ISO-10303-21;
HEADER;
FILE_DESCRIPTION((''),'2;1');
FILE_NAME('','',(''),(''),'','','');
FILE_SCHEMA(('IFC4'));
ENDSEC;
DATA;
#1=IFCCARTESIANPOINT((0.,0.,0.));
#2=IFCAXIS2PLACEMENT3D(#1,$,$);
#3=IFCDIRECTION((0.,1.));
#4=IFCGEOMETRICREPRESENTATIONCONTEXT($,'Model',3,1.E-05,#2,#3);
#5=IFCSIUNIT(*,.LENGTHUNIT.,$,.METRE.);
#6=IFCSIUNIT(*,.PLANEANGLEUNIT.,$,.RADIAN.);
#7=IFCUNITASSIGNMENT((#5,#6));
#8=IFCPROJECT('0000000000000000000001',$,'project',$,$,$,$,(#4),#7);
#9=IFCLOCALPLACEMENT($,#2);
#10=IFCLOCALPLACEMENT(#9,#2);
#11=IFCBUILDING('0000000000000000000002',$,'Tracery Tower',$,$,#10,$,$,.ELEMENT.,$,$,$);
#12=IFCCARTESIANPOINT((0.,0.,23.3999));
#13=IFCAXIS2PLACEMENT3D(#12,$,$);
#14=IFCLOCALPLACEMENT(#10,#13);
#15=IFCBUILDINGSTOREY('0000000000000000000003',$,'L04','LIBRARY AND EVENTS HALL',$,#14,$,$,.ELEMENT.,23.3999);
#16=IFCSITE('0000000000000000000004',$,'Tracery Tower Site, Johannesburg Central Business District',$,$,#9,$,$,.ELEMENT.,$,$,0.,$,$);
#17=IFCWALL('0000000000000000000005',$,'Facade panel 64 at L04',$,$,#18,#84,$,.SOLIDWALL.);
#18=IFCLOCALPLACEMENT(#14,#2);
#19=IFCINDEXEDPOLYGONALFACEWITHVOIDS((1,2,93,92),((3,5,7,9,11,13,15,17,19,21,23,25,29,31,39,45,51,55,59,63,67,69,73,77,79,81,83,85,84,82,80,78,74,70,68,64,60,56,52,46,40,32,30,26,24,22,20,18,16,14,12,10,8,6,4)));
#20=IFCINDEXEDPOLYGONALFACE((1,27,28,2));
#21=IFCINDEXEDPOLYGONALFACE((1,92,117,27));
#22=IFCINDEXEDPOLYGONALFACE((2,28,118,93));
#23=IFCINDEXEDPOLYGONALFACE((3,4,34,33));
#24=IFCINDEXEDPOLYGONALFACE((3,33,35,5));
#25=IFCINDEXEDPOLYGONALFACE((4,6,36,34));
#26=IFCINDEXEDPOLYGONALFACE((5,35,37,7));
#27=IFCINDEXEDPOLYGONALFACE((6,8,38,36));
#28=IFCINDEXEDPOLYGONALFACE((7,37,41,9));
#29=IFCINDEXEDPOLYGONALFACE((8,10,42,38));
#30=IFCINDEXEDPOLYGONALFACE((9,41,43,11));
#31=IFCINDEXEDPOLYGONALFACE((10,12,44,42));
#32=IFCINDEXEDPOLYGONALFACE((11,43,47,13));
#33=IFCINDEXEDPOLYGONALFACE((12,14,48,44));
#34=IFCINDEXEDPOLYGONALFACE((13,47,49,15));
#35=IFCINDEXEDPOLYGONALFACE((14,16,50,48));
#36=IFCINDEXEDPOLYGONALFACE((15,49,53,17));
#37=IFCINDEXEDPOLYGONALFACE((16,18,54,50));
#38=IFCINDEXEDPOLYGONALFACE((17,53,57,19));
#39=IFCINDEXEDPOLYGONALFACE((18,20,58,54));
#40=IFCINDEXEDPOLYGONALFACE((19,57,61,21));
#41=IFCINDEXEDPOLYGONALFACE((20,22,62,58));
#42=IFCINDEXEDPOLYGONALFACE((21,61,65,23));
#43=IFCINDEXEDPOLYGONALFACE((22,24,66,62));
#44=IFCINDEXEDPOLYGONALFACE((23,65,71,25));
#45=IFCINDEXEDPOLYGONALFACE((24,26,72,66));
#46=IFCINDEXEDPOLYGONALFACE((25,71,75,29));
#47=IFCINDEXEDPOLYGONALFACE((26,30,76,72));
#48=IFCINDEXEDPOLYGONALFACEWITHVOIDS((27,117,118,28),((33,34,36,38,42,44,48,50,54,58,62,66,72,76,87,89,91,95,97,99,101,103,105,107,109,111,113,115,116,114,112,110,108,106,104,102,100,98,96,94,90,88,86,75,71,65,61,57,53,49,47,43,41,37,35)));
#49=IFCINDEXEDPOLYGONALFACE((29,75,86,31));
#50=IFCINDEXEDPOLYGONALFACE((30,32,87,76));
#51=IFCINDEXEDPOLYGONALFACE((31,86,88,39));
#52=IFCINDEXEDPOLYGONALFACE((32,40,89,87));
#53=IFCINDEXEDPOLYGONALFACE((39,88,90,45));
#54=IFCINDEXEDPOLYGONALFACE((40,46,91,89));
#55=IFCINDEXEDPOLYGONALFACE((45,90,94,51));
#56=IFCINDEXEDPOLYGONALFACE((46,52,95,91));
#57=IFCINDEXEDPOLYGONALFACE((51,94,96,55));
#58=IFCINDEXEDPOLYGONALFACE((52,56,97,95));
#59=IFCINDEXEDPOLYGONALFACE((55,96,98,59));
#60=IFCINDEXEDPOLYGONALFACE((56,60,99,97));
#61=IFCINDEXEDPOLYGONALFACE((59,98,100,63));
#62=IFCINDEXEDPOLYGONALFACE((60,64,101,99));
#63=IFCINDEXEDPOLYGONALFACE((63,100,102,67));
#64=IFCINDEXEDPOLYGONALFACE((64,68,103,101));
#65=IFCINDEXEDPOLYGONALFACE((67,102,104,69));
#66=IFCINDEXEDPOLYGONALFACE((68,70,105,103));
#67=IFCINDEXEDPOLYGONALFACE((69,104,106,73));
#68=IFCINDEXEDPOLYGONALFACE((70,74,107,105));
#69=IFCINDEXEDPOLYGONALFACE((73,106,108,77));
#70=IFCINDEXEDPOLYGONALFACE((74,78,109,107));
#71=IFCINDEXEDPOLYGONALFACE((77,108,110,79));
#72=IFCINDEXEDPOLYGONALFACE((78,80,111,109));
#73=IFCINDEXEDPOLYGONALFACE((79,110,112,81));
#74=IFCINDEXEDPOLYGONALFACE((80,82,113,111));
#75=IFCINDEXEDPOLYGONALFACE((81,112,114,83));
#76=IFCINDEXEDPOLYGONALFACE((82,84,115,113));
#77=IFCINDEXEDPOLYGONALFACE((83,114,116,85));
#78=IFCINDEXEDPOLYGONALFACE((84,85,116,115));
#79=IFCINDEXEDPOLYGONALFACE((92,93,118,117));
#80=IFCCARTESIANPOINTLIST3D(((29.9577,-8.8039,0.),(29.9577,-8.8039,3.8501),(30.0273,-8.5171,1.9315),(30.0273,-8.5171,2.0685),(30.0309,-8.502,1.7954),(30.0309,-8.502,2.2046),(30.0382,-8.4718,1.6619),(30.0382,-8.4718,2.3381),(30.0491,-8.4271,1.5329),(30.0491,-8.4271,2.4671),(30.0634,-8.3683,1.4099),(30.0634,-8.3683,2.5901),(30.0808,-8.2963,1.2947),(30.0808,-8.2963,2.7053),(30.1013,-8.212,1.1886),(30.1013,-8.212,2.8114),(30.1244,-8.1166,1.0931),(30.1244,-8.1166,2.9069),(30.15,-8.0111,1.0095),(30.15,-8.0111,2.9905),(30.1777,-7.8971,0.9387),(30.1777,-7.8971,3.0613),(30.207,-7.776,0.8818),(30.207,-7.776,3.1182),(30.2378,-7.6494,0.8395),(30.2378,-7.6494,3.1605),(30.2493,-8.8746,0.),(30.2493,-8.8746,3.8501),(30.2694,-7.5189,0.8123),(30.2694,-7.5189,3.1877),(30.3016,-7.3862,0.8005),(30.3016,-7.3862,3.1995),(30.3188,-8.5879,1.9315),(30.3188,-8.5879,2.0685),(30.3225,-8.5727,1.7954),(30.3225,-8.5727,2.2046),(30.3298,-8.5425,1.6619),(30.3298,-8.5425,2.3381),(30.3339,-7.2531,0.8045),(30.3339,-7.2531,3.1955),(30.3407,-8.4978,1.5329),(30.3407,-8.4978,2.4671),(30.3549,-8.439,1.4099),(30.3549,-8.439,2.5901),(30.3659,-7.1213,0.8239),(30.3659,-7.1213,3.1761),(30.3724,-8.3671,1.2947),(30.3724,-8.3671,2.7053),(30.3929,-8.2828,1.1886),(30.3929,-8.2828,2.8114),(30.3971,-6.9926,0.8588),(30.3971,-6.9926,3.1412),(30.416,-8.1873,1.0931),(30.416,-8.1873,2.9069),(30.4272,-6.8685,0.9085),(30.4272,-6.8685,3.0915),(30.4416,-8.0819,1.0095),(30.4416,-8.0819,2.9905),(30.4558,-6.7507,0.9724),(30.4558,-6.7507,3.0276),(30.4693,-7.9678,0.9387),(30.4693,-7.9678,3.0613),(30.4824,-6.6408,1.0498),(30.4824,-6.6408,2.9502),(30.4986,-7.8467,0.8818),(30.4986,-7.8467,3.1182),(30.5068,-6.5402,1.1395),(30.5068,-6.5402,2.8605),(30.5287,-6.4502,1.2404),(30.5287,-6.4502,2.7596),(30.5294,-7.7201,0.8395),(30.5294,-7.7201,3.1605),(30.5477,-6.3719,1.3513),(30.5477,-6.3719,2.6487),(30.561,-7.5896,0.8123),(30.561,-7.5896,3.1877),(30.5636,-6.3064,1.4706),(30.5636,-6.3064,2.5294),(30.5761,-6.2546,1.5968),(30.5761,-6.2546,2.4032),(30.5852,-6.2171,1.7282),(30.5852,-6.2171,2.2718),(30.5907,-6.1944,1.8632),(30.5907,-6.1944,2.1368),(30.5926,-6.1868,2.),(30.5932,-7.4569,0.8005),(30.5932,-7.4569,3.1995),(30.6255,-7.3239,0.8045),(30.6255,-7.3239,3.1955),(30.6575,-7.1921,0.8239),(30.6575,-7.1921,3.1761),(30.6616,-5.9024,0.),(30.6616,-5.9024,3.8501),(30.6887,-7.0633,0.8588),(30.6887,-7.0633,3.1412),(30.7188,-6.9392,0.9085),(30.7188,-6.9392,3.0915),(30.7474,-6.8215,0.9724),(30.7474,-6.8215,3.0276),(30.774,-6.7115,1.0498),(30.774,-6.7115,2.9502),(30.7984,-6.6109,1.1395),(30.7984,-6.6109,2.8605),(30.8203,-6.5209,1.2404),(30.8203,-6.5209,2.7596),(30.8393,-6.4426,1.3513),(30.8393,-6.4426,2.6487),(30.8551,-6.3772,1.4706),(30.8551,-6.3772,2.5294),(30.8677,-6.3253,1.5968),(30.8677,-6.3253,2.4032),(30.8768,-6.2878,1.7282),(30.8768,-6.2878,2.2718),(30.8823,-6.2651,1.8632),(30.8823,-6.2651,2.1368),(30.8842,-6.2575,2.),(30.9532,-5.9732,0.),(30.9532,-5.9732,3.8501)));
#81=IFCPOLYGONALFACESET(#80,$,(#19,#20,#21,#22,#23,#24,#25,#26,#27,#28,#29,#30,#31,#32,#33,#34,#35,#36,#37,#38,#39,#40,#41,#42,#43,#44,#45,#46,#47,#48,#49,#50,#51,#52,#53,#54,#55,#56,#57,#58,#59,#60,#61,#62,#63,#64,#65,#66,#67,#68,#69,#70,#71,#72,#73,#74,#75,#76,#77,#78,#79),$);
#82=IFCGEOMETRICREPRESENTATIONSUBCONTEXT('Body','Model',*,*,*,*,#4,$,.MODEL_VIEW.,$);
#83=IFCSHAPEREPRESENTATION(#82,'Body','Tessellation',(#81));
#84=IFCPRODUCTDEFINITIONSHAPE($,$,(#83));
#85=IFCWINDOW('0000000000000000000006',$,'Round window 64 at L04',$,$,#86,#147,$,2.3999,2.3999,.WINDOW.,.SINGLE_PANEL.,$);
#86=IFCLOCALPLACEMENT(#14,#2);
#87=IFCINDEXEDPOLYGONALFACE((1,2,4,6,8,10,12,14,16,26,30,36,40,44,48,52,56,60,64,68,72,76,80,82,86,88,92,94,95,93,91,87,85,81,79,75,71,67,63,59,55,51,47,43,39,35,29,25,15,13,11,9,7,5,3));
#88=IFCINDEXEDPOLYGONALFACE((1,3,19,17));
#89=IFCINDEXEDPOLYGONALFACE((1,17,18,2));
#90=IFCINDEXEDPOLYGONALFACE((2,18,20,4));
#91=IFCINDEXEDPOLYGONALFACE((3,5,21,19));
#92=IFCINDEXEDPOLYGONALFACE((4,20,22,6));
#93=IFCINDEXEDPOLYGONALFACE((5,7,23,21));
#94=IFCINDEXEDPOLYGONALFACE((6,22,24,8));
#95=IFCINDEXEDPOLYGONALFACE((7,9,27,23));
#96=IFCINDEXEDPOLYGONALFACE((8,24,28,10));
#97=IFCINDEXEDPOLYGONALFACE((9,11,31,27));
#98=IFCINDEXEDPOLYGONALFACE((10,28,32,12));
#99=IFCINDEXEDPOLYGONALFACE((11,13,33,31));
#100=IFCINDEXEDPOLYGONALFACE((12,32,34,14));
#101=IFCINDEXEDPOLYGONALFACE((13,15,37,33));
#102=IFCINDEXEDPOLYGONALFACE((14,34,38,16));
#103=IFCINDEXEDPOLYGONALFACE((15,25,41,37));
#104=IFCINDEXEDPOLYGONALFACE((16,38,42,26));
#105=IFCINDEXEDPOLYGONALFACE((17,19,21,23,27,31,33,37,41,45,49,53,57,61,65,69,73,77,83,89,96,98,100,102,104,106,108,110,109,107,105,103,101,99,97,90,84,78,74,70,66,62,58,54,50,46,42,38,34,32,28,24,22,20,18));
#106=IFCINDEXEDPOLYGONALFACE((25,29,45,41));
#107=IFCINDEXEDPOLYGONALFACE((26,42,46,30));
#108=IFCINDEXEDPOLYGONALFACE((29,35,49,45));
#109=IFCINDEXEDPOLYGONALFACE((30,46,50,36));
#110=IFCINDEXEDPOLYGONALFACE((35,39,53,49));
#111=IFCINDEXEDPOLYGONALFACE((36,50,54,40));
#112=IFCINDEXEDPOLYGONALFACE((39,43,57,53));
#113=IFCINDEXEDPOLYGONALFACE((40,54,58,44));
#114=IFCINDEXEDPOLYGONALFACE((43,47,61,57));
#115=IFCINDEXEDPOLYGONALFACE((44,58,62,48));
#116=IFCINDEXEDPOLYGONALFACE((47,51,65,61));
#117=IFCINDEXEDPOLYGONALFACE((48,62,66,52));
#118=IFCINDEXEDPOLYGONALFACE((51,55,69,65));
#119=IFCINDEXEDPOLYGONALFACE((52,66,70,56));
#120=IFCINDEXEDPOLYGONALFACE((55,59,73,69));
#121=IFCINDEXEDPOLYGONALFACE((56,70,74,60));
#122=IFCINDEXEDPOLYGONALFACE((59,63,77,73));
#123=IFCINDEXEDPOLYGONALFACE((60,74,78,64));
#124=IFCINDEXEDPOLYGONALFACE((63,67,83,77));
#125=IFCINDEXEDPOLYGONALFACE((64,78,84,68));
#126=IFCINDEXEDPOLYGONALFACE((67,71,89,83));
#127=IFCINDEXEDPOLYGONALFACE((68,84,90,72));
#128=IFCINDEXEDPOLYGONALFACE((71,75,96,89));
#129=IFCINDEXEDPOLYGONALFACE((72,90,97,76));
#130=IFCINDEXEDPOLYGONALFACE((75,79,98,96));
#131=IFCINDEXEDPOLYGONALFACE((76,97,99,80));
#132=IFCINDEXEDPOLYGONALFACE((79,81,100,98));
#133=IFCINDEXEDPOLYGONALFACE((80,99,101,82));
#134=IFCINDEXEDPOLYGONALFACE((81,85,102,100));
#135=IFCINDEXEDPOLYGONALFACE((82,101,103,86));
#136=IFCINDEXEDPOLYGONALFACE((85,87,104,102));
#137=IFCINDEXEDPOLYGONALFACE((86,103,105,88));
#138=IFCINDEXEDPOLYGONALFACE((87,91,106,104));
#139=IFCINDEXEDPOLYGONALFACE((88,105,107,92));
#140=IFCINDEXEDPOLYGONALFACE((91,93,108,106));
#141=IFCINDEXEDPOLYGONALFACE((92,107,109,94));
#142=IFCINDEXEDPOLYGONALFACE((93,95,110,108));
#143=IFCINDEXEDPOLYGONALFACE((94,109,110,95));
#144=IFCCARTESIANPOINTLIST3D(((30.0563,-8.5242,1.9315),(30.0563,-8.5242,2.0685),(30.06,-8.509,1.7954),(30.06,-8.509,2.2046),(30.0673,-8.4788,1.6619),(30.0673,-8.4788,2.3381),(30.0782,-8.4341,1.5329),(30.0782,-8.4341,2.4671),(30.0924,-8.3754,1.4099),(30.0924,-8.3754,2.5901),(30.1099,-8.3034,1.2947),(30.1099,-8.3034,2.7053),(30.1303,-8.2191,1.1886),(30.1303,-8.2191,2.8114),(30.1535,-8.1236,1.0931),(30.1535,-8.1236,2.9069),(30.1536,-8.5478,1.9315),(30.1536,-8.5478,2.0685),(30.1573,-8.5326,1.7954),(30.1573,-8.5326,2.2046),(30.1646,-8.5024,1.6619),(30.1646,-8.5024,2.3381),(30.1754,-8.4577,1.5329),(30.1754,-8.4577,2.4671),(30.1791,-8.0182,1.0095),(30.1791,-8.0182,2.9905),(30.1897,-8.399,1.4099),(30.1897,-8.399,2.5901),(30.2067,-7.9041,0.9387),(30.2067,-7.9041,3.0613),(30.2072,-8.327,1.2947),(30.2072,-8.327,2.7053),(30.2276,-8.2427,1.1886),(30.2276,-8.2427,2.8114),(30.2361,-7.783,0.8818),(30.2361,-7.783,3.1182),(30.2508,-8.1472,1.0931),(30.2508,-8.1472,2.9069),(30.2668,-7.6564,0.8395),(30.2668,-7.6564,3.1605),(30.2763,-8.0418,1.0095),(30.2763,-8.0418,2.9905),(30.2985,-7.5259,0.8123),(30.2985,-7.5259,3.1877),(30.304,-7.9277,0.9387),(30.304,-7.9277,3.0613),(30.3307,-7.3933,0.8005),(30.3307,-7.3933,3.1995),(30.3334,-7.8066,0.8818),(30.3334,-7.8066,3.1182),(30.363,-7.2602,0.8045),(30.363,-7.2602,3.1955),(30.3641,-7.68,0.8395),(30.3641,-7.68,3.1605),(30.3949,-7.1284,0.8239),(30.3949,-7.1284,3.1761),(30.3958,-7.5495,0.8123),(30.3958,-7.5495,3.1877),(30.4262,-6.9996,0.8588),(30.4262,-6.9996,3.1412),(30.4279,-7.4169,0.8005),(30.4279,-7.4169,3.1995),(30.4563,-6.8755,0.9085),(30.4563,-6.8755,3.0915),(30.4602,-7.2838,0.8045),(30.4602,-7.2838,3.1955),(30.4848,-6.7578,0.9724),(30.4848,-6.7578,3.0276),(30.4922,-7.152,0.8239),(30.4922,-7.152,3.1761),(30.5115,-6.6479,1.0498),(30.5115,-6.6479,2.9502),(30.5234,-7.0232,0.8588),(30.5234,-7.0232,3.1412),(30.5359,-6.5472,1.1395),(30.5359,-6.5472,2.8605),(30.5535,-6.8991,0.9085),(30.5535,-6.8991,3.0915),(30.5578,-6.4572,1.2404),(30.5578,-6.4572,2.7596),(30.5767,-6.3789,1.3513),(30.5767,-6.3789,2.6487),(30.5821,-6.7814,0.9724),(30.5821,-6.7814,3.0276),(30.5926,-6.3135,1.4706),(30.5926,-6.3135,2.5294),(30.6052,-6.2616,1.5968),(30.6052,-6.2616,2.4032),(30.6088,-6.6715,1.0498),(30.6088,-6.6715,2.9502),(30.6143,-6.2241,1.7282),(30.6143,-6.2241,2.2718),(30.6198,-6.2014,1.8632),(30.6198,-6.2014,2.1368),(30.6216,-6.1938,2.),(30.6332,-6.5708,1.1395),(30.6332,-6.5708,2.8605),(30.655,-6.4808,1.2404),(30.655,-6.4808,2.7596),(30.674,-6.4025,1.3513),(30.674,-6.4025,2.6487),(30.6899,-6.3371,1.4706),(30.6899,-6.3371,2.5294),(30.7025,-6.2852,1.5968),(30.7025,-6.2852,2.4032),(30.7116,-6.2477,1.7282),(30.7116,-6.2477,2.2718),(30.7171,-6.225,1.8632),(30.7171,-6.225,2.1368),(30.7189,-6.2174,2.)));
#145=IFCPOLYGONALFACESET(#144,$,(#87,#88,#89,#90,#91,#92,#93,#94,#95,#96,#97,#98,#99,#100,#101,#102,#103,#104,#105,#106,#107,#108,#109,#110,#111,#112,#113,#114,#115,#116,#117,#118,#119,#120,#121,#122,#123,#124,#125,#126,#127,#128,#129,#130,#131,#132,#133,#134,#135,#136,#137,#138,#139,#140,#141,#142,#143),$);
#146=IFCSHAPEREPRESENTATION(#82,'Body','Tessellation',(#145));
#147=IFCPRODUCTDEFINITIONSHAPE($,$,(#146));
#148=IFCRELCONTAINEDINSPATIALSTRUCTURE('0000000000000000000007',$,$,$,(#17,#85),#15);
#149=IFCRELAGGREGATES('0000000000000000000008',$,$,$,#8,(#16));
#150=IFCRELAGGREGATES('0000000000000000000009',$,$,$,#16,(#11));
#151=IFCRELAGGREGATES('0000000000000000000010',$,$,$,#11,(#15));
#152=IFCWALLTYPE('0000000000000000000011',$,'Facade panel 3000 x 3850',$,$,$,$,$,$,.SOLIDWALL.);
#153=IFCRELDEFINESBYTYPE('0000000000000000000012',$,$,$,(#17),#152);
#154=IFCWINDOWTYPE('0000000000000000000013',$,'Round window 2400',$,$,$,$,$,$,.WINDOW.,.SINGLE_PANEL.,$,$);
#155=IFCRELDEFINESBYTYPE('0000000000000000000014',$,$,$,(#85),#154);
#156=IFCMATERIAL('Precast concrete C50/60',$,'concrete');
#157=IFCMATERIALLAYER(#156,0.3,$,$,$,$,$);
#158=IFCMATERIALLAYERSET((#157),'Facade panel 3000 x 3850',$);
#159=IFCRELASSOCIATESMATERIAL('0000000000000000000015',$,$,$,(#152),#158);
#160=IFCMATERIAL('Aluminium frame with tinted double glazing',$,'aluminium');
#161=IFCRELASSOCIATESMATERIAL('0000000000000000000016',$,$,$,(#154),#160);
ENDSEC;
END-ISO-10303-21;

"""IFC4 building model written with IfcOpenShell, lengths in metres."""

from ifc_helpers import new_model, si_unit, direction, frame, frame_2d, origin, origin_2d, place, context, subcontext, project, spatial, rectangle, circle, extrude, material, layer, layer_set, type_object, element, fill, save


model = new_model("IFC4")

# Units and contexts
model_context = context("Model", 3, precision=1e-05, world=origin(), true_north=direction((0.0, 1.0)))
body_context = subcontext(model_context, "Body", "Model", "MODEL_VIEW")
ifc_project = project(units=[si_unit("LENGTHUNIT", "METRE"), si_unit("PLANEANGLEUNIT", "RADIAN")], contexts=[model_context])

# Site, building, storey
site_placement = place(None, origin())
site = spatial("IfcSite", under=ifc_project, at=site_placement, Name="Tracery Tower Site, Johannesburg Central Business District", CompositionType="ELEMENT", RefElevation=0.0)
building_placement = place(site_placement, origin())
building = spatial("IfcBuilding", under=site, at=building_placement, Name="Tracery Tower", CompositionType="ELEMENT")
storey_placement = place(building_placement, frame((0.0, 0.0, 23.3999)))
storey = spatial("IfcBuildingStorey", under=building, at=storey_placement, Name="L04", Description="LIBRARY AND EVENTS HALL", CompositionType="ELEMENT", Elevation=23.3999)

# Wall, opening, window
ifc_material_1 = material(Name="Precast concrete C50/60", Category="concrete")
ifc_layer_1 = layer(ifc_material_1, 0.3)
ifc_layer_set_1 = layer_set([ifc_layer_1], Name="Facade panel 3000 x 3850")
wall_type_1 = type_object("IfcWallType", Name="Facade panel 3000 x 3850", PredefinedType="SOLIDWALL", material=ifc_layer_set_1)
wall_1_placement = place(storey_placement, frame((30.1035, -8.8391, 0.0), z_axis=(0.0, 0.0, 1.0), x_axis=(0.235757, 0.971812, 0.0)))
wall_1 = element("IfcWall", 1, at=wall_1_placement, inside=storey, type_object=wall_type_1, Name="Facade panel 64 at L04", PredefinedType="SOLIDWALL", context=body_context, shape_type="SweptSolid", body=[
    extrude(rectangle(XDim=2.9856, YDim=0.3, at=frame_2d((1.4927, 0.0))), origin(), (0.0, 0.0, 1.0), 3.8501),
])
opening_1_placement = place(wall_1_placement, frame((1.4929, 0.0, 2.0)))
opening_1 = element("IfcOpeningElement", 2, at=opening_1_placement, cuts=wall_1, PredefinedType="OPENING", context=body_context, shape_type="SweptSolid", body=[
    extrude(circle(Radius=1.2, at=origin_2d()), frame((0.0, 0.1599, 0.0), z_axis=(0.0, -1.0, 0.0), x_axis=(1.0, 0.0, 0.0)), (0.0, 0.0, 1.0), 0.3201),
])
ifc_material_2 = material(Name="Aluminium frame with tinted double glazing", Category="aluminium")
window_type = type_object("IfcWindowType", Name="Round window 2400", PartitioningType="SINGLE_PANEL", PredefinedType="WINDOW", material=ifc_material_2)
window_1_placement = place(opening_1_placement, origin())
window_1 = element("IfcWindow", 3, at=window_1_placement, inside=storey, type_object=window_type, Name="Round window 64 at L04", OverallHeight=2.3999, OverallWidth=2.3999, PartitioningType="SINGLE_PANEL", PredefinedType="WINDOW", context=body_context, shape_type="SweptSolid", body=[
    extrude(circle(Radius=1.2, at=origin_2d()), frame((0.0, 0.1201, 0.0), z_axis=(0.0, -1.0, 0.0), x_axis=(1.0, 0.0, 0.0)), (0.0, 0.0, 1.0), 0.1001),
])
fill(opening_1, window_1)

save(model, "model.ifc")
